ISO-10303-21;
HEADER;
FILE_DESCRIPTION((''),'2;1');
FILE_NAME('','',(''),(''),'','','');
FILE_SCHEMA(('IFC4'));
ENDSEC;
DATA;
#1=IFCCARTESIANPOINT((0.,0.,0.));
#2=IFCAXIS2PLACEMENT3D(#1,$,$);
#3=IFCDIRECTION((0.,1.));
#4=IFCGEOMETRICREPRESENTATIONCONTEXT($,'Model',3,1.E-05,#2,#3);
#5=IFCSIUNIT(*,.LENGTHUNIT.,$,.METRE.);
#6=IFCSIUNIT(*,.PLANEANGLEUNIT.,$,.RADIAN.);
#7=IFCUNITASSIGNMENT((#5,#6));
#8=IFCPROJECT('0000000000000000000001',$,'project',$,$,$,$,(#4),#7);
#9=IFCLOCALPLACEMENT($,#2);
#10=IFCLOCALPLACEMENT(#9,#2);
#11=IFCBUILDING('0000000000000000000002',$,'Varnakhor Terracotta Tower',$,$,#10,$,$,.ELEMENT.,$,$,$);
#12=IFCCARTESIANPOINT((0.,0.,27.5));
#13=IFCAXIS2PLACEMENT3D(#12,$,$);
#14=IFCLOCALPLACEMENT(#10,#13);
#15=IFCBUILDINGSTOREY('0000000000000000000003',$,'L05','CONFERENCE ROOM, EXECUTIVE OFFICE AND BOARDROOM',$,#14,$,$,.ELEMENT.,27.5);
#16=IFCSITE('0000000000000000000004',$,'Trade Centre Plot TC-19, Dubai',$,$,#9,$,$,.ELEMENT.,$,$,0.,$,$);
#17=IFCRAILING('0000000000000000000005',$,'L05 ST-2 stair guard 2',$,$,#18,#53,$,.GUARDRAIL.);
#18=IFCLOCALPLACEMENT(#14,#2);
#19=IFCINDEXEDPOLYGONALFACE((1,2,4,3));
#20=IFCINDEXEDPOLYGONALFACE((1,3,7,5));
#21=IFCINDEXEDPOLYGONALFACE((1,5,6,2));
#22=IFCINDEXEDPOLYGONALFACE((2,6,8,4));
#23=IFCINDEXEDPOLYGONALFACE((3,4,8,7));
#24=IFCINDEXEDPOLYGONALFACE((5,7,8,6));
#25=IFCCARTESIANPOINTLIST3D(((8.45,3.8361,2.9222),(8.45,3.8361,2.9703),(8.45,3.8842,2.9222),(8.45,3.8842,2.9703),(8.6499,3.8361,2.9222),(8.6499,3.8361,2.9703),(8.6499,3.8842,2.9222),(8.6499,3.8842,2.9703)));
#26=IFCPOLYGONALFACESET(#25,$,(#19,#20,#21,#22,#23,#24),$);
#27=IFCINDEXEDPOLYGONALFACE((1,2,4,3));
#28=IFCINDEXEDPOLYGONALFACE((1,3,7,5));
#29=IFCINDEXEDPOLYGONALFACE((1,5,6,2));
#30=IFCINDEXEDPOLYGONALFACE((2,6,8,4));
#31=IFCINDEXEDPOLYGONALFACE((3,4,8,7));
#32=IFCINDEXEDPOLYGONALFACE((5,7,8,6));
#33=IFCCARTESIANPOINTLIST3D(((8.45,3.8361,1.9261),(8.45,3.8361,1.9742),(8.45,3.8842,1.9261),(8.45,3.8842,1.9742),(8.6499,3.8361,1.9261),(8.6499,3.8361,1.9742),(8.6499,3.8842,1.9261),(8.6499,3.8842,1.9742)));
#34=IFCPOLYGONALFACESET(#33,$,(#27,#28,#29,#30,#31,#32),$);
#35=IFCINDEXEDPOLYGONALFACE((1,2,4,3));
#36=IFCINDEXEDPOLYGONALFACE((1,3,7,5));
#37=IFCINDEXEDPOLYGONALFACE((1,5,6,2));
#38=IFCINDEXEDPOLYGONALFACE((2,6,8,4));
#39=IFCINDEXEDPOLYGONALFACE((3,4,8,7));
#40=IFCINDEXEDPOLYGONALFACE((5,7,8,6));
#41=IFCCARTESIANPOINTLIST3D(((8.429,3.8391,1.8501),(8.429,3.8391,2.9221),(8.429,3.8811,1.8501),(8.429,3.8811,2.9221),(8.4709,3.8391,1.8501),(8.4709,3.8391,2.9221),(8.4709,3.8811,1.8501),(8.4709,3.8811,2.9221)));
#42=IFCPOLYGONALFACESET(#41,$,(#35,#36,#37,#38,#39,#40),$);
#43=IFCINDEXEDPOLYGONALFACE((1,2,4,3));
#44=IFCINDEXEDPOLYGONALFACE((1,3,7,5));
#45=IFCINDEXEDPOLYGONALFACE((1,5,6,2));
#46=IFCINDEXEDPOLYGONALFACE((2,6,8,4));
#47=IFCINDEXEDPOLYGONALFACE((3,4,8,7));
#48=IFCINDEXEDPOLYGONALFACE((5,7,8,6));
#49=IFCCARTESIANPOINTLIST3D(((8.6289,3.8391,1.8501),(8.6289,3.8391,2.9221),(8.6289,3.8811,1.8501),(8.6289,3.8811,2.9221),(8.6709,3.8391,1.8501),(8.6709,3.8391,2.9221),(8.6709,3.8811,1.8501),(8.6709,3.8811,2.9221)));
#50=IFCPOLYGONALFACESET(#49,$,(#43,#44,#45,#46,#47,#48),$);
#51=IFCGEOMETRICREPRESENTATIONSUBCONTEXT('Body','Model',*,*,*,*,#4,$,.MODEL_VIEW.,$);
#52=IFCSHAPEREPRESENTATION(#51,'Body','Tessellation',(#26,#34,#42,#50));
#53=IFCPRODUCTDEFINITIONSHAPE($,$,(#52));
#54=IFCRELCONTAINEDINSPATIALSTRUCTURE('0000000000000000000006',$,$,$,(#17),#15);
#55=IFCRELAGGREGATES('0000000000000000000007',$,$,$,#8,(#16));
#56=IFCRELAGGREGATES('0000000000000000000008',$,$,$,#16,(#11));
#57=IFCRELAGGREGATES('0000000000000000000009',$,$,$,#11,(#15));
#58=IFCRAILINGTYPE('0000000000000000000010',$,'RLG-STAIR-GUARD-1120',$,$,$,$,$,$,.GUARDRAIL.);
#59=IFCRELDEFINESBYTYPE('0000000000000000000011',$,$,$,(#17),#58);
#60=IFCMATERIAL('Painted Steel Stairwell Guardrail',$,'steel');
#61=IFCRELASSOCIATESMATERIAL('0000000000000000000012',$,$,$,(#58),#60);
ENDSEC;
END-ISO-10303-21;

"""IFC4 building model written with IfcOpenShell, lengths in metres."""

from ifc_helpers import new_model, si_unit, direction, frame, origin, origin_2d, place, context, subcontext, project, spatial, rectangle, extrude, material, type_object, element, save


model = new_model("IFC4")

# Units and contexts
model_context = context("Model", 3, precision=1e-05, world=origin(), true_north=direction((0.0, 1.0)))
body_context = subcontext(model_context, "Body", "Model", "MODEL_VIEW")
ifc_project = project(units=[si_unit("LENGTHUNIT", "METRE"), si_unit("PLANEANGLEUNIT", "RADIAN")], contexts=[model_context])

# Site, building, storey
site_placement = place(None, origin())
site = spatial("IfcSite", under=ifc_project, at=site_placement, Name="Trade Centre Plot TC-19, Dubai", CompositionType="ELEMENT", RefElevation=0.0)
building_placement = place(site_placement, origin())
building = spatial("IfcBuilding", under=site, at=building_placement, Name="Varnakhor Terracotta Tower", CompositionType="ELEMENT")
storey_placement = place(building_placement, frame((0.0, 0.0, 27.5)))
storey = spatial("IfcBuildingStorey", under=building, at=storey_placement, Name="L05", Description="CONFERENCE ROOM, EXECUTIVE OFFICE AND BOARDROOM", CompositionType="ELEMENT", Elevation=27.5)

# Railing
ifc_material_1 = material(Name="Painted Steel Stairwell Guardrail", Category="steel")
railing_type = type_object("IfcRailingType", Name="RLG-STAIR-GUARD-1120", PredefinedType="GUARDRAIL", material=ifc_material_1)
railing_placement = place(storey_placement, frame((8.45, 3.8601, 1.8501)))
element("IfcRailing", 1, at=railing_placement, inside=storey, type_object=railing_type, Name="L05 ST-2 stair guard 2", PredefinedType="GUARDRAIL", context=body_context, shape_type="SweptSolid", body=[
    extrude(rectangle(XDim=0.0481, YDim=0.0481, at=origin_2d()), frame((0.0, 0.0, 1.0962), z_axis=(1.0, 0.0, 0.0), x_axis=(0.0, 1.0, 0.0)), (0.0, 0.0, 1.0), 0.2),
    extrude(rectangle(XDim=0.0481, YDim=0.0481, at=origin_2d()), frame((0.0, 0.0, 0.1001), z_axis=(1.0, 0.0, 0.0), x_axis=(0.0, 1.0, 0.0)), (0.0, 0.0, 1.0), 0.2),
    extrude(rectangle(XDim=0.042, YDim=0.042, at=origin_2d()), origin(), (0.0, 0.0, 1.0), 1.072),
    extrude(rectangle(XDim=0.042, YDim=0.042, at=origin_2d()), frame((0.2, 0.0, 0.0)), (0.0, 0.0, 1.0), 1.072),
])

save(model, "model.ifc")
